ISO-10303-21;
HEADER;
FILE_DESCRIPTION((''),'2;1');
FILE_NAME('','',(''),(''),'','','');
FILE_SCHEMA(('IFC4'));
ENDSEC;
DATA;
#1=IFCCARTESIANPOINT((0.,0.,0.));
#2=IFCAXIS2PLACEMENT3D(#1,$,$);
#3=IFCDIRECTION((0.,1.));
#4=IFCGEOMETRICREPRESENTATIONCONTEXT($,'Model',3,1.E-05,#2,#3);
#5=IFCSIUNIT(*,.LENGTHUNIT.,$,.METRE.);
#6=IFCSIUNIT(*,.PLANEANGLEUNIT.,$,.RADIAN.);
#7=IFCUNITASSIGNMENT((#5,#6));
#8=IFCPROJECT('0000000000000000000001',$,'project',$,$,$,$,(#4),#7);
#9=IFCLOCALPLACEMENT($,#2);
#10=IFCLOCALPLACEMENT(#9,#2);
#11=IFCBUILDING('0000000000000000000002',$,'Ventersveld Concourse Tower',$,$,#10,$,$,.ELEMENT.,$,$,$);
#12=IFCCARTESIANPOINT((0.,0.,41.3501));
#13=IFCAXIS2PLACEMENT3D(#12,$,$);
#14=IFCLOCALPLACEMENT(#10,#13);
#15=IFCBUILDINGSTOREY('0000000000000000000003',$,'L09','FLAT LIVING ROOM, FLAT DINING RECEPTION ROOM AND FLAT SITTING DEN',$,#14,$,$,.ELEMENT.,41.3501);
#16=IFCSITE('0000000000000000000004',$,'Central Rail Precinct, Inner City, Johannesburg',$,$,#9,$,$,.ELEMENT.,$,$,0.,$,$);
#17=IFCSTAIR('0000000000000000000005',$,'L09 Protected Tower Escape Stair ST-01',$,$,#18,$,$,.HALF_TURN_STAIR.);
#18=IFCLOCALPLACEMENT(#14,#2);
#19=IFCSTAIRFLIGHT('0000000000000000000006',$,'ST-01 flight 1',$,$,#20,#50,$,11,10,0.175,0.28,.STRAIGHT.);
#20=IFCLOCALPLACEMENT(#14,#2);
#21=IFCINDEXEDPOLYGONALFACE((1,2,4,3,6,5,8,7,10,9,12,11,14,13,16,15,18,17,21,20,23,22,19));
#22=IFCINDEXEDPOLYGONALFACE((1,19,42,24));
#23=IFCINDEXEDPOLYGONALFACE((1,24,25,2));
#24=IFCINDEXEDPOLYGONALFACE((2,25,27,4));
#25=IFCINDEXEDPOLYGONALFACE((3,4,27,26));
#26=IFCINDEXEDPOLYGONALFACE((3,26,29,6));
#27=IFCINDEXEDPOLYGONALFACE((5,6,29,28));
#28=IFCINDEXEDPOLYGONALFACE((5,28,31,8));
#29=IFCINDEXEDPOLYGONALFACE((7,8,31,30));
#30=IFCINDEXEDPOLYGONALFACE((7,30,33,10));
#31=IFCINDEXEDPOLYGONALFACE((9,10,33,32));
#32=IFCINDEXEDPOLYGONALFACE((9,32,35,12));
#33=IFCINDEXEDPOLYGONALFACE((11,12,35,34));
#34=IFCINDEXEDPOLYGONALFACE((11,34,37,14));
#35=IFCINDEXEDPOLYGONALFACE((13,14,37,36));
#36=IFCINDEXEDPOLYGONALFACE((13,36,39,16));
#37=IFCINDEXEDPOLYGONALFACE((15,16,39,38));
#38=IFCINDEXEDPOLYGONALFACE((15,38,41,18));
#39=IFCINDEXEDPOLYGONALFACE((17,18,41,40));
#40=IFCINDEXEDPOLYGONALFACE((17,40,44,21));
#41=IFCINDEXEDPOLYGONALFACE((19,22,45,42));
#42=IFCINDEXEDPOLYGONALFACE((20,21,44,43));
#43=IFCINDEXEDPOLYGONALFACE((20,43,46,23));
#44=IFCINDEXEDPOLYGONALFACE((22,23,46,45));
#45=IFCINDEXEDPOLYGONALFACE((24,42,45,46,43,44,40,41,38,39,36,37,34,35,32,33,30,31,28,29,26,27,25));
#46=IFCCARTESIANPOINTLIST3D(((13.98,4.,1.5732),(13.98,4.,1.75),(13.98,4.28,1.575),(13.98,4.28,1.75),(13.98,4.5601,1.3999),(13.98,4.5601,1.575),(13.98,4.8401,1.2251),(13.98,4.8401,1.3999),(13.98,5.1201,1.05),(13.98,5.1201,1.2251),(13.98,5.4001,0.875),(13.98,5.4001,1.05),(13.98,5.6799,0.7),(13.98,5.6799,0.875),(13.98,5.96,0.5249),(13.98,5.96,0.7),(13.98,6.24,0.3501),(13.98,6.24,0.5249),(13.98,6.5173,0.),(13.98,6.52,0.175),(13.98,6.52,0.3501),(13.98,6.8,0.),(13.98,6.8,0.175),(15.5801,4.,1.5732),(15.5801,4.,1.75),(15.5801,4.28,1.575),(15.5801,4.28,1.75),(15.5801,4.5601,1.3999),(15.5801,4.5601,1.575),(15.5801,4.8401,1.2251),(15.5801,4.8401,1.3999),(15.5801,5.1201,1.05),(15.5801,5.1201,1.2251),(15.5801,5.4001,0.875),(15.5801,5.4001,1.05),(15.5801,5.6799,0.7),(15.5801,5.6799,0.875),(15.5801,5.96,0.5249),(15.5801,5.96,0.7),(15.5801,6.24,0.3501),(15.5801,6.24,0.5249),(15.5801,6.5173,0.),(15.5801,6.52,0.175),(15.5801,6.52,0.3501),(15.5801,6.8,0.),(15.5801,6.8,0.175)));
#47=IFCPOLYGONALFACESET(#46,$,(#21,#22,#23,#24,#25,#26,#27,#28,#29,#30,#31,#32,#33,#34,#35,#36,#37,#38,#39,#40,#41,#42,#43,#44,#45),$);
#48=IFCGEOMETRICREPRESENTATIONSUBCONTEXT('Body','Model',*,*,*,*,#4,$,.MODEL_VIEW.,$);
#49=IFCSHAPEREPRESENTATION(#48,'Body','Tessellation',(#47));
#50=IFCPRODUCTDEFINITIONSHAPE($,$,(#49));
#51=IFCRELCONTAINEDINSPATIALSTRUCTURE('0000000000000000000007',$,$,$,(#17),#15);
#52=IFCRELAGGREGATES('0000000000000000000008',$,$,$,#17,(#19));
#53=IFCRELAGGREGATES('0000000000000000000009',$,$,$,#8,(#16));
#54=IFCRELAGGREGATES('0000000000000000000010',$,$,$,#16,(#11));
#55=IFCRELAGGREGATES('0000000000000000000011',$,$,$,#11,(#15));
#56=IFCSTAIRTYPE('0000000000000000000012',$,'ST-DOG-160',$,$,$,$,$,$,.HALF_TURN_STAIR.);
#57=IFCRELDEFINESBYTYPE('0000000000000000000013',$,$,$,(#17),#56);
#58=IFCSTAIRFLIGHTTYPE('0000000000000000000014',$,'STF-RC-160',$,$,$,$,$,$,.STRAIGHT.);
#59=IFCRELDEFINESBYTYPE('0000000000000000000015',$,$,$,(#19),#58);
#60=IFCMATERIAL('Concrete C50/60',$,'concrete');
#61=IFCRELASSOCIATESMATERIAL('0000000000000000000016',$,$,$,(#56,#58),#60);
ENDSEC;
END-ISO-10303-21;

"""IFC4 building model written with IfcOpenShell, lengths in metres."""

from ifc_helpers import new_model, si_unit, direction, frame, origin, place, context, subcontext, project, spatial, polyline, outline, extrude, material, type_object, element, aggregate, save


model = new_model("IFC4")

# Units and contexts
model_context = context("Model", 3, precision=1e-05, world=origin(), true_north=direction((0.0, 1.0)))
body_context = subcontext(model_context, "Body", "Model", "MODEL_VIEW")
ifc_project = project(units=[si_unit("LENGTHUNIT", "METRE"), si_unit("PLANEANGLEUNIT", "RADIAN")], contexts=[model_context])

# Site, building, storey
site_placement = place(None, origin())
site = spatial("IfcSite", under=ifc_project, at=site_placement, Name="Central Rail Precinct, Inner City, Johannesburg", CompositionType="ELEMENT", RefElevation=0.0)
building_placement = place(site_placement, origin())
building = spatial("IfcBuilding", under=site, at=building_placement, Name="Ventersveld Concourse Tower", CompositionType="ELEMENT")
storey_placement = place(building_placement, frame((0.0, 0.0, 41.3501)))
storey = spatial("IfcBuildingStorey", under=building, at=storey_placement, Name="L09", Description="FLAT LIVING ROOM, FLAT DINING RECEPTION ROOM AND FLAT SITTING DEN", CompositionType="ELEMENT", Elevation=41.3501)

# Shared definitions
ifc_material_1 = material(Name="Concrete C50/60", Category="concrete")

# Stair, stair flight
stair_type = type_object("IfcStairType", Name="ST-DOG-160", PredefinedType="HALF_TURN_STAIR", material=ifc_material_1)
stair_placement = place(storey_placement, origin())
stair = element("IfcStair", 1, at=stair_placement, inside=storey, type_object=stair_type, Name="L09 Protected Tower Escape Stair ST-01", PredefinedType="HALF_TURN_STAIR")
stair_flight_type = type_object("IfcStairFlightType", Name="STF-RC-160", PredefinedType="STRAIGHT", material=ifc_material_1)
stair_flight_placement = place(storey_placement, frame((14.78, 6.8, 0.0), z_axis=(0.0, 0.0, 1.0), x_axis=(0.0, -1.0, 0.0)))
stair_flight = element("IfcStairFlight", 2, at=stair_flight_placement, type_object=stair_flight_type, Name="ST-01 flight 1", NumberOfRisers=11, NumberOfTreads=10, PredefinedType="STRAIGHT", RiserHeight=0.175, TreadLength=0.28, context=body_context, shape_type="SweptSolid", body=[
    extrude(outline(polyline([(0.0, 0.0), (0.0, 0.175), (0.28, 0.175), (0.28, 0.3501), (0.5601, 0.3501), (0.5601, 0.5249), (0.8401, 0.5249), (0.8401, 0.7), (1.1201, 0.7), (1.1201, 0.875), (1.3999, 0.875), (1.3999, 1.05), (1.6799, 1.05), (1.6799, 1.2251), (1.96, 1.2251), (1.96, 1.3999), (2.24, 1.3999), (2.24, 1.575), (2.52, 1.575), (2.52, 1.75), (2.8, 1.75), (2.8, 1.925), (2.8, 1.5732), (0.2827, 0.0), (0.0, 0.0)])), frame((0.0, 0.8, 0.0), z_axis=(0.0, -1.0, 0.0), x_axis=(1.0, 0.0, 0.0)), (0.0, 0.0, 1.0), 1.6001),
])
aggregate(stair, [stair_flight])

save(model, "model.ifc")
